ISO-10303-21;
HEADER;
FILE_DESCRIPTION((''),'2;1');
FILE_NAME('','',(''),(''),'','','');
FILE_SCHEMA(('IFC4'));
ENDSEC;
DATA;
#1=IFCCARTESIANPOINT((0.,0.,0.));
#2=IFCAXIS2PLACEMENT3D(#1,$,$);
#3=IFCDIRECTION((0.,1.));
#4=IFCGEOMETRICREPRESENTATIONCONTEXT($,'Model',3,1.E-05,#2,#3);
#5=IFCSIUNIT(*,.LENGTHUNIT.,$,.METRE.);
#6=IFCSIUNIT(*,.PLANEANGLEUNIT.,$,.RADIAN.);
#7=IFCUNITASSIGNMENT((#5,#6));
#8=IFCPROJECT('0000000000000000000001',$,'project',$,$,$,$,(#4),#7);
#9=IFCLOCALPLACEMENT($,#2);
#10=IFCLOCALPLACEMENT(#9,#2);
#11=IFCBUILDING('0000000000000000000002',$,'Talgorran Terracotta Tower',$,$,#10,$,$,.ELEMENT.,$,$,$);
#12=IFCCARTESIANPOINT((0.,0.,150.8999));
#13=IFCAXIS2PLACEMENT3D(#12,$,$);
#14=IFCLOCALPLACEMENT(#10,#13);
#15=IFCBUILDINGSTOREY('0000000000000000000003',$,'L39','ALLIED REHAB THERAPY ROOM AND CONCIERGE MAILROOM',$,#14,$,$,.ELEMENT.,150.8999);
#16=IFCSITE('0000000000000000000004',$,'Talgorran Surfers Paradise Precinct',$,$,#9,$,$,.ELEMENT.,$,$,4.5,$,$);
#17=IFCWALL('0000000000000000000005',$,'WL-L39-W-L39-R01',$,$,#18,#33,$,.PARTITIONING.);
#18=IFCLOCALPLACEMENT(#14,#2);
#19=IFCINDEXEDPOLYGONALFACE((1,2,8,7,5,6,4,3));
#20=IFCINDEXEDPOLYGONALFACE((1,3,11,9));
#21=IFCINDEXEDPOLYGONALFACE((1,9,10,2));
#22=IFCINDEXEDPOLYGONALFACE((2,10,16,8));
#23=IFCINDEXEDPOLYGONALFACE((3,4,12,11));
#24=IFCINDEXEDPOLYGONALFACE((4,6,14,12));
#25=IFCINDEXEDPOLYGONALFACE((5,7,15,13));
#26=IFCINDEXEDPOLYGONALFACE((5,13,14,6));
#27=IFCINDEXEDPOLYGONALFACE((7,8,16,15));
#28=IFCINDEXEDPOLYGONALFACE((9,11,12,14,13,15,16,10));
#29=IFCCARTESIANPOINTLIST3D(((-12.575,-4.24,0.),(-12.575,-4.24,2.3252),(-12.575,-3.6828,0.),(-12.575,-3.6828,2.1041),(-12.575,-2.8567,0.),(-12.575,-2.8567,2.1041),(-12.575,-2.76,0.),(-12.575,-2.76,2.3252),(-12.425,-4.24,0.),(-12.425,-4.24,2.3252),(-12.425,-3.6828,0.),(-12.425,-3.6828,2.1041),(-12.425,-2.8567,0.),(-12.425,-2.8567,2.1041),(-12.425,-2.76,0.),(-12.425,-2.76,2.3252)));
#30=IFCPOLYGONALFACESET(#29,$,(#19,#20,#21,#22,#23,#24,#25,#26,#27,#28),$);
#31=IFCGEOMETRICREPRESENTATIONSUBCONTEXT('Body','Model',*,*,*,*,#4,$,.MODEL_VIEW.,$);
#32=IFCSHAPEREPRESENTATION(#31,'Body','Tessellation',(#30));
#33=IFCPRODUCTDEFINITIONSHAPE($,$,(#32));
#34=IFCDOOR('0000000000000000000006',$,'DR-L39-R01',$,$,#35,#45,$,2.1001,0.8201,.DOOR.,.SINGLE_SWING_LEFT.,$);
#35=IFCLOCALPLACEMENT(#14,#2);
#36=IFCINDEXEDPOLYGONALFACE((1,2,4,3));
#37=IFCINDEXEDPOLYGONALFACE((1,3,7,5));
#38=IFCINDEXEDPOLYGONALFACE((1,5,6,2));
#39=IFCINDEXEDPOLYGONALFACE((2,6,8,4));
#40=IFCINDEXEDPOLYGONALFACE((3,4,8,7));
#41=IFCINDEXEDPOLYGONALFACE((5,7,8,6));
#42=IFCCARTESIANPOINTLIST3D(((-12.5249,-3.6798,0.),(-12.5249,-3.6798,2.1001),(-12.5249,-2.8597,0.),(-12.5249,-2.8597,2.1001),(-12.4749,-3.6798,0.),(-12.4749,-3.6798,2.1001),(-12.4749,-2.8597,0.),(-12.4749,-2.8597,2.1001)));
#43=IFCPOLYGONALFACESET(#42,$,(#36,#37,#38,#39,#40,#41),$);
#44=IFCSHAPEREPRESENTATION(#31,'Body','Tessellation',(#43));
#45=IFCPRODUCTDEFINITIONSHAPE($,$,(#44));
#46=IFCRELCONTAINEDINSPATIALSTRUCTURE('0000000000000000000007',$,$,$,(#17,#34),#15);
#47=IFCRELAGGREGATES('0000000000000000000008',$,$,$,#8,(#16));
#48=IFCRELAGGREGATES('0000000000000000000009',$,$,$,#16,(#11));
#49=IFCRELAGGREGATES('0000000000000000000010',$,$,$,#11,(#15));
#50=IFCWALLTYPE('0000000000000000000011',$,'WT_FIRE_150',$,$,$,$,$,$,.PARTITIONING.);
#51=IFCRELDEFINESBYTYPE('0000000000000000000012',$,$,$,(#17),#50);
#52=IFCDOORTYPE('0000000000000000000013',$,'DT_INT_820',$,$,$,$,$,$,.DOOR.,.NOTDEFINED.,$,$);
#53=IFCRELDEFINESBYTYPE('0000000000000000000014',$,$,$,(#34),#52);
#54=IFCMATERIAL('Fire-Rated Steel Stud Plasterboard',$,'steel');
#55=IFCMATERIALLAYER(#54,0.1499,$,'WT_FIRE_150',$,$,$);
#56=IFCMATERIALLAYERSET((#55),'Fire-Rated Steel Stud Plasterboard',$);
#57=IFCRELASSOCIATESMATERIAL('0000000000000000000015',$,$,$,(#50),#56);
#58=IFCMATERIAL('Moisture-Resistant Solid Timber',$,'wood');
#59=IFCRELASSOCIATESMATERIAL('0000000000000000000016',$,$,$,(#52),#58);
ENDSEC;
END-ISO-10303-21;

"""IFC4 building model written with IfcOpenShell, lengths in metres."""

from ifc_helpers import new_model, si_unit, direction, frame, frame_2d, origin, place, context, subcontext, project, spatial, rectangle, extrude, material, layer, layer_set, type_object, element, fill, save


model = new_model("IFC4")

# Units and contexts
model_context = context("Model", 3, precision=1e-05, world=origin(), true_north=direction((0.0, 1.0)))
body_context = subcontext(model_context, "Body", "Model", "MODEL_VIEW")
ifc_project = project(units=[si_unit("LENGTHUNIT", "METRE"), si_unit("PLANEANGLEUNIT", "RADIAN")], contexts=[model_context])

# Site, building, storey
site_placement = place(None, origin())
site = spatial("IfcSite", under=ifc_project, at=site_placement, Name="Talgorran Surfers Paradise Precinct", CompositionType="ELEMENT", RefElevation=4.5)
building_placement = place(site_placement, origin())
building = spatial("IfcBuilding", under=site, at=building_placement, Name="Talgorran Terracotta Tower", CompositionType="ELEMENT")
storey_placement = place(building_placement, frame((0.0, 0.0, 150.8999)))
storey = spatial("IfcBuildingStorey", under=building, at=storey_placement, Name="L39", Description="ALLIED REHAB THERAPY ROOM AND CONCIERGE MAILROOM", CompositionType="ELEMENT", Elevation=150.8999)

# Wall, opening, door
ifc_material_1 = material(Name="Fire-Rated Steel Stud Plasterboard", Category="steel")
ifc_layer_1 = layer(ifc_material_1, 0.1499, Name="WT_FIRE_150")
ifc_layer_set_1 = layer_set([ifc_layer_1], Name="Fire-Rated Steel Stud Plasterboard")
wall_type_1 = type_object("IfcWallType", Name="WT_FIRE_150", PredefinedType="PARTITIONING", material=ifc_layer_set_1)
wall_1_placement = place(storey_placement, frame((-12.5, -4.24, 0.0), z_axis=(0.0, 0.0, 1.0), x_axis=(0.0, 1.0, 0.0)))
wall_1 = element("IfcWall", 1, at=wall_1_placement, inside=storey, type_object=wall_type_1, Name="WL-L39-W-L39-R01", PredefinedType="PARTITIONING", context=body_context, shape_type="SweptSolid", body=[
    extrude(rectangle(XDim=1.48, YDim=0.1499, at=frame_2d((0.74, 0.0))), origin(), (0.0, 0.0, 1.0), 2.3252),
])
opening_1_placement = place(wall_1_placement, frame((0.5601, 0.0, 0.0)))
opening_1 = element("IfcOpeningElement", 2, at=opening_1_placement, cuts=wall_1, PredefinedType="OPENING", context=body_context, shape_type="SweptSolid", body=[
    extrude(rectangle(XDim=0.8261, YDim=2.1041, at=frame_2d((0.4102, 1.052))), frame((0.0, 0.085, 0.0), z_axis=(0.0, -1.0, 0.0), x_axis=(1.0, 0.0, 0.0)), (0.0, 0.0, 1.0), 0.1699),
])
ifc_material_2 = material(Name="Moisture-Resistant Solid Timber", Category="wood")
door_type_1 = type_object("IfcDoorType", Name="DT_INT_820", OperationType="NOTDEFINED", PredefinedType="DOOR", material=ifc_material_2)
door_1_placement = place(opening_1_placement, origin())
door_1 = element("IfcDoor", 3, at=door_1_placement, inside=storey, type_object=door_type_1, Name="DR-L39-R01", OperationType="SINGLE_SWING_LEFT", OverallHeight=2.1001, OverallWidth=0.8201, PredefinedType="DOOR", context=body_context, shape_type="SweptSolid", body=[
    extrude(rectangle(XDim=0.8201, YDim=2.1001, at=frame_2d((0.4102, 1.05))), frame((0.0, 0.0249, 0.0), z_axis=(0.0, -1.0, 0.0), x_axis=(1.0, 0.0, 0.0)), (0.0, 0.0, 1.0), 0.05),
])
fill(opening_1, door_1)

save(model, "model.ifc")
